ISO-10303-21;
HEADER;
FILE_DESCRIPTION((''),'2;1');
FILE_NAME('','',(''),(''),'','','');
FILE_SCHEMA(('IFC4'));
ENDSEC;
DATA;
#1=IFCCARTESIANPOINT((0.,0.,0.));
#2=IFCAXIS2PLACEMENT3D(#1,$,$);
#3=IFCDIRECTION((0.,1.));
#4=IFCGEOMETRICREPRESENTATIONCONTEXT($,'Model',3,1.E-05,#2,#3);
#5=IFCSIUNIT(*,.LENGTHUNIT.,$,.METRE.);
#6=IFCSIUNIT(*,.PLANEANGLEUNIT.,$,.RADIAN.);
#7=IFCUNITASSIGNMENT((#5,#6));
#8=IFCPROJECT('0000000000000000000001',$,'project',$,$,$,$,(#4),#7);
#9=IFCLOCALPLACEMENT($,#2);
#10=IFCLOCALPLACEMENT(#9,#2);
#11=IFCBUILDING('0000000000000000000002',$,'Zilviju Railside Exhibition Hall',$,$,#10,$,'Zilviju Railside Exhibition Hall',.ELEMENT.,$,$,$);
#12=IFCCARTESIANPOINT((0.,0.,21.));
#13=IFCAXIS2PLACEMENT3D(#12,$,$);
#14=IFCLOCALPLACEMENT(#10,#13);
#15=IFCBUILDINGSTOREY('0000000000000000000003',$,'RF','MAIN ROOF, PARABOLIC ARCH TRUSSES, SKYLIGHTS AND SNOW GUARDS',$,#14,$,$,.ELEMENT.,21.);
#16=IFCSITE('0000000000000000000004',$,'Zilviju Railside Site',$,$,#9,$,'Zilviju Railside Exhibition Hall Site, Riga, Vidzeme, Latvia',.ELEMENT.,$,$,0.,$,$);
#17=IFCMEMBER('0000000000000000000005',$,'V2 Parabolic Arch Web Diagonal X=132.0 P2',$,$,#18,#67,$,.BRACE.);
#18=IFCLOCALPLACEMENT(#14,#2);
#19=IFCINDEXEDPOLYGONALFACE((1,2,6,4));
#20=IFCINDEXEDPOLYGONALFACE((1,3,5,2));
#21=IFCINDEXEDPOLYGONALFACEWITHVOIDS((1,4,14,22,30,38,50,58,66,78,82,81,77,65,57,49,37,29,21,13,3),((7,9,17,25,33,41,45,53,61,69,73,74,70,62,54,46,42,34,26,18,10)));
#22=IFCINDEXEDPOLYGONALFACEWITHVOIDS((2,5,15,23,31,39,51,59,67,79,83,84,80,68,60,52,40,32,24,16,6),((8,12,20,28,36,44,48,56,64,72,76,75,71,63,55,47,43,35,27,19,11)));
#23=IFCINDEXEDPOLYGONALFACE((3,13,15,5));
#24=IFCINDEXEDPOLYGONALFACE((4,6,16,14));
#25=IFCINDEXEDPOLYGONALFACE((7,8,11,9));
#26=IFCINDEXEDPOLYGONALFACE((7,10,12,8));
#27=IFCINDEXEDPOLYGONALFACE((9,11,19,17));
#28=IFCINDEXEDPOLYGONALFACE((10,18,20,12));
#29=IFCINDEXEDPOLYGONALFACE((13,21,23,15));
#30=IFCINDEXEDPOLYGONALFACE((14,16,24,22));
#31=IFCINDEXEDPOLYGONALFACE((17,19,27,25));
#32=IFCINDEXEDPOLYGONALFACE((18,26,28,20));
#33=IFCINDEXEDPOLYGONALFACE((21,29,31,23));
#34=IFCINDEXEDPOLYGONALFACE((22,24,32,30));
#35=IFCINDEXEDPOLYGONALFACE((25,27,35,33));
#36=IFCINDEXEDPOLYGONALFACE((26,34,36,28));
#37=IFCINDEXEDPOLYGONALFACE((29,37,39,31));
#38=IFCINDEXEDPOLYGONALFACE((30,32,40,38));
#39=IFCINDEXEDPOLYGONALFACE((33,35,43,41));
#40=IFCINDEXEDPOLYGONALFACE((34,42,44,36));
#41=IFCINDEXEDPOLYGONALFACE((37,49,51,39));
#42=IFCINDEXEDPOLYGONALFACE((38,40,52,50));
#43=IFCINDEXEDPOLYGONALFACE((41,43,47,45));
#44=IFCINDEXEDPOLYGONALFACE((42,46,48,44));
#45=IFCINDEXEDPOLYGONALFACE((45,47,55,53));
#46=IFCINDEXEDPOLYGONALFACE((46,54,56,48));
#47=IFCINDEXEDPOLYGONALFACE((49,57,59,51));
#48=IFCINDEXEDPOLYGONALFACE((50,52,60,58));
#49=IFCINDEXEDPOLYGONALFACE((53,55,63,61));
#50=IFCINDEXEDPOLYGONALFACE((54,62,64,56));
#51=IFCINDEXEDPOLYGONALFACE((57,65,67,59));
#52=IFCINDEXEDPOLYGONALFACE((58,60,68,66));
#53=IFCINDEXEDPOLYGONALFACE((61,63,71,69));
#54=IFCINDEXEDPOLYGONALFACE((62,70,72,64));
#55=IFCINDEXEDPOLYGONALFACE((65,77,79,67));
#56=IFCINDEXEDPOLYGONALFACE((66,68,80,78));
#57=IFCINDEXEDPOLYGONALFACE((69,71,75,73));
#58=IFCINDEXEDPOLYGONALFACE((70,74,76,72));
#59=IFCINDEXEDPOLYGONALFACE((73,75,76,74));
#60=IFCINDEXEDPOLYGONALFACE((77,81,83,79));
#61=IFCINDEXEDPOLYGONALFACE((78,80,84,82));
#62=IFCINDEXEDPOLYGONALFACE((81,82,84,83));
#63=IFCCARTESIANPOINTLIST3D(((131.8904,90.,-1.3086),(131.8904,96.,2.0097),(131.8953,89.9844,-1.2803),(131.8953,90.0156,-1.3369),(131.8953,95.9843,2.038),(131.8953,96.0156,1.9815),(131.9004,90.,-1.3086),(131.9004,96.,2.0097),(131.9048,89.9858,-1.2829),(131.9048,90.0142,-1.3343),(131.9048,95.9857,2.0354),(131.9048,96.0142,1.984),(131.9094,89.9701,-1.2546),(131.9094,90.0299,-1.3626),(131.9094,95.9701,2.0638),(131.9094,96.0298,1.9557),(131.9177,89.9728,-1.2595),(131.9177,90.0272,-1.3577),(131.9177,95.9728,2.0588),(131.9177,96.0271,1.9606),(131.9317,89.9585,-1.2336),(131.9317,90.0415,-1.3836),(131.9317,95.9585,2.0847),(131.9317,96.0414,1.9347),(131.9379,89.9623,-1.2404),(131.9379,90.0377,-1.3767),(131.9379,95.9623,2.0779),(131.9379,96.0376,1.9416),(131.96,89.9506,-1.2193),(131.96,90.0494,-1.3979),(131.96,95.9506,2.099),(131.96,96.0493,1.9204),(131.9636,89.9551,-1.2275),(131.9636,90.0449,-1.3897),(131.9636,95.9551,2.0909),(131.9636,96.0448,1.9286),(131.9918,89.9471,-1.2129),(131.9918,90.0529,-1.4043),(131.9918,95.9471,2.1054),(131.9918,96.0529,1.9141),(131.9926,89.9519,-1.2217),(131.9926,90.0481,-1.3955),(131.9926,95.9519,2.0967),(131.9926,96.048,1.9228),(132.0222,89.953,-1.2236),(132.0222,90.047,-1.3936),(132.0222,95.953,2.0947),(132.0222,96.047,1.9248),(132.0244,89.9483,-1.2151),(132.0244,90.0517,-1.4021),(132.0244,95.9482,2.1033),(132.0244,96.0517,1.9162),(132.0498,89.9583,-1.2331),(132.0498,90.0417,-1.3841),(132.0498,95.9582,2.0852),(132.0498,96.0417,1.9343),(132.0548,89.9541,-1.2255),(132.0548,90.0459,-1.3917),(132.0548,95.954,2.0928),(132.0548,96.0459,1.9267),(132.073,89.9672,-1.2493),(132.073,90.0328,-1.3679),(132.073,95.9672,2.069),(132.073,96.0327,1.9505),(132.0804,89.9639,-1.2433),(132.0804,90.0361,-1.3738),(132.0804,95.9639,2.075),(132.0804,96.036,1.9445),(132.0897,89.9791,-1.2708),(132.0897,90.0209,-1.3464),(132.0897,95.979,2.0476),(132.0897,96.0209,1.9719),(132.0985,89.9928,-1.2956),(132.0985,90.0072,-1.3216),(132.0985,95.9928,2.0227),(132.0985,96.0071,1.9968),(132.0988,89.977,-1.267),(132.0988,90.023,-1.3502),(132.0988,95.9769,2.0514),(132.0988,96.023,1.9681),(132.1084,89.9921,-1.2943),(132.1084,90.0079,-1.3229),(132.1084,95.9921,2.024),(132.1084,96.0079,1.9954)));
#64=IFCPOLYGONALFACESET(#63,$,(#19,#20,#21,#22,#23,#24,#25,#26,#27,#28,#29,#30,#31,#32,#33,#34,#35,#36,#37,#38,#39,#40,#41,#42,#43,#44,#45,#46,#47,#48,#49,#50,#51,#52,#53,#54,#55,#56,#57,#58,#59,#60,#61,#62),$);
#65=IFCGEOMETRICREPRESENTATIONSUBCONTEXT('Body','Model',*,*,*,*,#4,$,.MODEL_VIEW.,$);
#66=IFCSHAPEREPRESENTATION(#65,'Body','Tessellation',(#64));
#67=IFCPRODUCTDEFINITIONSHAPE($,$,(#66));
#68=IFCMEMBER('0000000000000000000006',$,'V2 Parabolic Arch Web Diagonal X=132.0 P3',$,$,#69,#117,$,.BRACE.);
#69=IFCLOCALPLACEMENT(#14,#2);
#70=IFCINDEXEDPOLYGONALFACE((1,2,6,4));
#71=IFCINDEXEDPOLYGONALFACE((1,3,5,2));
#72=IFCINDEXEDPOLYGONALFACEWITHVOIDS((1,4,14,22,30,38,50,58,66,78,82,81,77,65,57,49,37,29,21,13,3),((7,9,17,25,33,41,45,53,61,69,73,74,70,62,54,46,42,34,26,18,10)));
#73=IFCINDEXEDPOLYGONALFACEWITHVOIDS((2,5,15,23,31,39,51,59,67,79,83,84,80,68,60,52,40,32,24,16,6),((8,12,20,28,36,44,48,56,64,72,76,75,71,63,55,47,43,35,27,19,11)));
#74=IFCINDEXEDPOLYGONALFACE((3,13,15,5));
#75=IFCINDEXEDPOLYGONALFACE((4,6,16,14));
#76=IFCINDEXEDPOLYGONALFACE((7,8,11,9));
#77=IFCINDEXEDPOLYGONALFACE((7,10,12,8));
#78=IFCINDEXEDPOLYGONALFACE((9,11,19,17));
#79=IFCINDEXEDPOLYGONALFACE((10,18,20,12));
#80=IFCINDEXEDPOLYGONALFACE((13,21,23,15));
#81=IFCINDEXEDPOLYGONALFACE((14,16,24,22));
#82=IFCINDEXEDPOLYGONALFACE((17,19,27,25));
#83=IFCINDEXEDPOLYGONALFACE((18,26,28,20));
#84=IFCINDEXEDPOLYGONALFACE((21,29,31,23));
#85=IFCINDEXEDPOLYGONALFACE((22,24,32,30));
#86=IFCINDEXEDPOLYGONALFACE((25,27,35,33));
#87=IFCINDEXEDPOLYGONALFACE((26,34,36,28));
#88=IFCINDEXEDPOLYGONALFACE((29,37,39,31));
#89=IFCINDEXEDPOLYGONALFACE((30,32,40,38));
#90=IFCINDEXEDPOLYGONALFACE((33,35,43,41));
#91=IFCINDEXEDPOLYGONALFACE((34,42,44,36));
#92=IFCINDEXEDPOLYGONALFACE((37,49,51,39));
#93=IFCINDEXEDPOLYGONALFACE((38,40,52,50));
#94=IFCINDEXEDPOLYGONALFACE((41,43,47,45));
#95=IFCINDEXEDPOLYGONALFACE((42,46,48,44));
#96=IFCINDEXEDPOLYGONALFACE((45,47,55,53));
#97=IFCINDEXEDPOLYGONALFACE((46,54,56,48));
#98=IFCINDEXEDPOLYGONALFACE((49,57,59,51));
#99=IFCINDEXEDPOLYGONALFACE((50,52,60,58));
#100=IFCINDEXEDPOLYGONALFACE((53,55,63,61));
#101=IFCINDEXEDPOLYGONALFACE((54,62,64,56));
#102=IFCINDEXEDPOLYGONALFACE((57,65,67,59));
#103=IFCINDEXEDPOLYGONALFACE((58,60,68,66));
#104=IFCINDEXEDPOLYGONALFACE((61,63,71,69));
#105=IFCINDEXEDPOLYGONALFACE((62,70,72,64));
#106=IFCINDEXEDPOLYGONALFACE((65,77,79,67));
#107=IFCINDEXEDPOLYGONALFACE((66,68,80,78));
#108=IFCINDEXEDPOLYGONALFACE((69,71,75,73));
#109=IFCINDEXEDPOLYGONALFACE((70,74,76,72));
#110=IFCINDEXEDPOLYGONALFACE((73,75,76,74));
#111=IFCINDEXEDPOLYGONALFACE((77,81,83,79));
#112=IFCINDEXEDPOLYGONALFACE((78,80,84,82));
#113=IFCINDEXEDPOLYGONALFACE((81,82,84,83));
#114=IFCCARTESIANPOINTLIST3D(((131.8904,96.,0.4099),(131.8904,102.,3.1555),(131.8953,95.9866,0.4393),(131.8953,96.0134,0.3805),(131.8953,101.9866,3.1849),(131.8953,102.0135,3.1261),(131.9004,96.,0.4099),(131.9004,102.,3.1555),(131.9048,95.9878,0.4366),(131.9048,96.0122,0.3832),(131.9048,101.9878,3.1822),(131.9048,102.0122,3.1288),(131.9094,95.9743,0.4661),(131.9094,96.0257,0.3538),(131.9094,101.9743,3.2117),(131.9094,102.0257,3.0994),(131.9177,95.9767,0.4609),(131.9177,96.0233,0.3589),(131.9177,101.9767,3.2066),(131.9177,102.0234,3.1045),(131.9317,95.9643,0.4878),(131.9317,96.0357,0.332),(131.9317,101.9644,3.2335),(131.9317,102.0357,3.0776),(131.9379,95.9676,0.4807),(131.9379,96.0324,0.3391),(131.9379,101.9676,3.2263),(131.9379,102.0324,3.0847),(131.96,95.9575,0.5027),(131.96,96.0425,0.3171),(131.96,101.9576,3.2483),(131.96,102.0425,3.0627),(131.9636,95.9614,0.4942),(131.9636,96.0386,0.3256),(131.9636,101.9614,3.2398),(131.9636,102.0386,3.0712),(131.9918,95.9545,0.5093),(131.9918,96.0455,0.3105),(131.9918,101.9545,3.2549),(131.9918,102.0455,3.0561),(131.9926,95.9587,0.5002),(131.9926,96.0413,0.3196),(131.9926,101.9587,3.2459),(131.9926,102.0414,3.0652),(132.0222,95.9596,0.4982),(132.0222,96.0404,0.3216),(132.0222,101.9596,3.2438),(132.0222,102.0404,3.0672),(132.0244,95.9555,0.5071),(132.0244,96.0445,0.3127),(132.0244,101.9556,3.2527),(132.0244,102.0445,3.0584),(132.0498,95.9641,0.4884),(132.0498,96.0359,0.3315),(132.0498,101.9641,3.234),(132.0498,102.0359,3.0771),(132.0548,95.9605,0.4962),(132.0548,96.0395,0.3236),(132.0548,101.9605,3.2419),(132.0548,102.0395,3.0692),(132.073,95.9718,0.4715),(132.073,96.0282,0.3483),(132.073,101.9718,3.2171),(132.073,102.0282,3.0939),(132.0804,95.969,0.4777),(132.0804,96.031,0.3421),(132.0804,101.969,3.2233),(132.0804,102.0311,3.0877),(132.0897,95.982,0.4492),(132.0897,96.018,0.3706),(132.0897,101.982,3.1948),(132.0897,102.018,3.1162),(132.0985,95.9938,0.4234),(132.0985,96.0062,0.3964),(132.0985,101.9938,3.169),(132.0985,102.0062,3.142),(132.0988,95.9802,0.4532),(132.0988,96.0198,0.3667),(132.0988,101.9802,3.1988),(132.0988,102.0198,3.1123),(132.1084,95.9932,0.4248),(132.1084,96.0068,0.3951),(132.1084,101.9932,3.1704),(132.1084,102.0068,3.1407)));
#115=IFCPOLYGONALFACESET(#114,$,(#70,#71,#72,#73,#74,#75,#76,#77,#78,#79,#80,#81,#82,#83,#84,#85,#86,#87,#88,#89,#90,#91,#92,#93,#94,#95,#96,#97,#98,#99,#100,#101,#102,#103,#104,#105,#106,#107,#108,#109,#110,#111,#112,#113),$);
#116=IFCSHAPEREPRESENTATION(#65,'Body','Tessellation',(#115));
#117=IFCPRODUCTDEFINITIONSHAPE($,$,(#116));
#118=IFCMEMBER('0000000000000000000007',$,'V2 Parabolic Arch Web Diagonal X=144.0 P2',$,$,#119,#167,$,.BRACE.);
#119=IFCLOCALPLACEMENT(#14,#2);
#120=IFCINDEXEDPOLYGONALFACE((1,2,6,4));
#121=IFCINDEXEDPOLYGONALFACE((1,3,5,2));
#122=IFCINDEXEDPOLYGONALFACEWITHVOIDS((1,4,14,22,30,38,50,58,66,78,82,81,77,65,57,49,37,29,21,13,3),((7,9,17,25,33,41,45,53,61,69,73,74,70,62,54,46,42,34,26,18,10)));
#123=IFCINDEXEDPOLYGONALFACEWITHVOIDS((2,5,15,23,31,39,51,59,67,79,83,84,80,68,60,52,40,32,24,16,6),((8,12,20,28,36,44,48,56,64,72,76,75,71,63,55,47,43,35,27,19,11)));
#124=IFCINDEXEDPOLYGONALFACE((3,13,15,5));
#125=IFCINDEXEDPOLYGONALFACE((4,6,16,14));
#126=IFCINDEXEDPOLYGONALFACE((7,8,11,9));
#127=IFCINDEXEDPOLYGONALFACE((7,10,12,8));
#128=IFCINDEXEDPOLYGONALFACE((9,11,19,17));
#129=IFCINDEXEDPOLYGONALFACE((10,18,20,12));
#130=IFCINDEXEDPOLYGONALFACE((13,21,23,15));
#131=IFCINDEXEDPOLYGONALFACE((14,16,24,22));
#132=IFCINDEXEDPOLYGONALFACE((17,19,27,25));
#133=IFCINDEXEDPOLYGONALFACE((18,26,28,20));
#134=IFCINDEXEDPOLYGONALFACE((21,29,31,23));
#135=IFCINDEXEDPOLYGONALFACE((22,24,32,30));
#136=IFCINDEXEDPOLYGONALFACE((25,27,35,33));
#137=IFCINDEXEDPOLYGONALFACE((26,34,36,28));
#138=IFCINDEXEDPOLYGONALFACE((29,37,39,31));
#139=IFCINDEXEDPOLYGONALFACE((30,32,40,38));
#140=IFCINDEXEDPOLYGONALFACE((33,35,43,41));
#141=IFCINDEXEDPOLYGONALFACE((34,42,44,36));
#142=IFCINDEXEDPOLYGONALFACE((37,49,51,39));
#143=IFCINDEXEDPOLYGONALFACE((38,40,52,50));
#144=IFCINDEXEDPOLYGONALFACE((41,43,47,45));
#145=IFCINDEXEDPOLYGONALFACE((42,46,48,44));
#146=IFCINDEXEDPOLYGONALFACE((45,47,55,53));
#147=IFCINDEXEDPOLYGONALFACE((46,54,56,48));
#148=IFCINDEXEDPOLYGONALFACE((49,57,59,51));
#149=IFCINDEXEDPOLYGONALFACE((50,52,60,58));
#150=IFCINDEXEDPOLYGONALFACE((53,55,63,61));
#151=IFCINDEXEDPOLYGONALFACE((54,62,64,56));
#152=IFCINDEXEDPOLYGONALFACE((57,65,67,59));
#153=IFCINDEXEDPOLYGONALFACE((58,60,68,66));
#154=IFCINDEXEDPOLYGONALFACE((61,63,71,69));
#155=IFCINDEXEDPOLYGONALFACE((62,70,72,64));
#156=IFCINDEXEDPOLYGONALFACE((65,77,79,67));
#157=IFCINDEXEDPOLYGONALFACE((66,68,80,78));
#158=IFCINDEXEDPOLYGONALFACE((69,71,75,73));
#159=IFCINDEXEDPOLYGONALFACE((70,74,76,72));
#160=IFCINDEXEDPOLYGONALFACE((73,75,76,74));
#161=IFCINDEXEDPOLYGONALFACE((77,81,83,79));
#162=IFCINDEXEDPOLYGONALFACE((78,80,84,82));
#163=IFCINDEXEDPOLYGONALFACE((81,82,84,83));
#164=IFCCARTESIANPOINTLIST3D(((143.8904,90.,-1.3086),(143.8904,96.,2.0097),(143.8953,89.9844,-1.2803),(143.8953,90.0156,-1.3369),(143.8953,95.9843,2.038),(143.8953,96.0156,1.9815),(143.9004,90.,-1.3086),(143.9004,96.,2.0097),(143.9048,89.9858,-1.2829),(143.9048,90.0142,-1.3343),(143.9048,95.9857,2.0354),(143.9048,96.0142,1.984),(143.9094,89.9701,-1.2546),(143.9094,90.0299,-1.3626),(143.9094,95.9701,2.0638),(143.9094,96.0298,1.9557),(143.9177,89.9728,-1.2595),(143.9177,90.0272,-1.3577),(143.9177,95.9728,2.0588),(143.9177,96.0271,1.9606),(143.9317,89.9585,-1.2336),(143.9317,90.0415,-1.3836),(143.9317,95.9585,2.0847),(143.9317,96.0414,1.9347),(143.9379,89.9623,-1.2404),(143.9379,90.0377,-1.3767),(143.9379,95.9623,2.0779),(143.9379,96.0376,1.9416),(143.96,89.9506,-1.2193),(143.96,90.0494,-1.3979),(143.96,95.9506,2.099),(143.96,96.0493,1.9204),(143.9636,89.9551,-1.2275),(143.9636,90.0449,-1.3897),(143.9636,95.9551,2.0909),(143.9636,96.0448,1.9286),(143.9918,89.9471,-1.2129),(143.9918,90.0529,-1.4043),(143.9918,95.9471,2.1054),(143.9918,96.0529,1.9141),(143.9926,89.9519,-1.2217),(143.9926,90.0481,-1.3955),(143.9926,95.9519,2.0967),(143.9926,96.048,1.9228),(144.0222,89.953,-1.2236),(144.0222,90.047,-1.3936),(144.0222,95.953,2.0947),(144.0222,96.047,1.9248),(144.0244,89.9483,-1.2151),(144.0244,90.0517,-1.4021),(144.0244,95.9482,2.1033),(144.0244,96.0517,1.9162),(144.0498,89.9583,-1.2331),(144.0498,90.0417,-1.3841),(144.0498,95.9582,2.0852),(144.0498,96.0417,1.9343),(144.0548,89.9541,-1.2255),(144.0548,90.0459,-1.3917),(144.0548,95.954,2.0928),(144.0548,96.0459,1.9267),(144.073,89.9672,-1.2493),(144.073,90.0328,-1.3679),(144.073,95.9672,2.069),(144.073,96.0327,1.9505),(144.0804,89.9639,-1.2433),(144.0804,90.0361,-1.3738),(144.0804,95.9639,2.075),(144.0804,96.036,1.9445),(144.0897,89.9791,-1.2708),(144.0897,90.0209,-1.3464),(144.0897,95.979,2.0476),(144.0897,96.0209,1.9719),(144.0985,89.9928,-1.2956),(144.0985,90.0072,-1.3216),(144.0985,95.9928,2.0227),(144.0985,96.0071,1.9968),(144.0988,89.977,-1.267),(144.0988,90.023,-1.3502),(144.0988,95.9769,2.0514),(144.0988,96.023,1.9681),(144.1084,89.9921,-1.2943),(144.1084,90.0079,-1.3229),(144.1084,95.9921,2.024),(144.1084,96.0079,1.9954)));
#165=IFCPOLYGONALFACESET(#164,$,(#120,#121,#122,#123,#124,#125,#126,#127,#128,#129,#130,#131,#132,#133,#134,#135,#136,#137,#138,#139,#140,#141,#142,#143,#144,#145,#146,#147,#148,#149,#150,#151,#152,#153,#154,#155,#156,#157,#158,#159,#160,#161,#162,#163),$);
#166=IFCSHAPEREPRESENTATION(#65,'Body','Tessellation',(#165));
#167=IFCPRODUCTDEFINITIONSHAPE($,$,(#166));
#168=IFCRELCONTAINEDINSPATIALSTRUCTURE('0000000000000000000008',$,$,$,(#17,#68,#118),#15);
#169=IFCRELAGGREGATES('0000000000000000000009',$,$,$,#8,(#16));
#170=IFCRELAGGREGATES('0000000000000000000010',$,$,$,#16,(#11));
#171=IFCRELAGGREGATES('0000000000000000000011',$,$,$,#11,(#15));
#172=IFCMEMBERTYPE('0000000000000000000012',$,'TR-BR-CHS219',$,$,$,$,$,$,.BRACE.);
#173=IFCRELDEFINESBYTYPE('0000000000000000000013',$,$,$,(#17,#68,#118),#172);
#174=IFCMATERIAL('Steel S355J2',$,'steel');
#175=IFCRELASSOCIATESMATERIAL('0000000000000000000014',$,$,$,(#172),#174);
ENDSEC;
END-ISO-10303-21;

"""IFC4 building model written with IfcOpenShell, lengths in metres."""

from ifc_helpers import new_model, si_unit, direction, frame, origin, origin_2d, place, context, subcontext, project, spatial, hollow_circle, extrude, material, material_profile, profile_set, type_object, element, save


model = new_model("IFC4")

# Units and contexts
model_context = context("Model", 3, precision=1e-05, world=origin(), true_north=direction((0.0, 1.0)))
body_context = subcontext(model_context, "Body", "Model", "MODEL_VIEW")
ifc_project = project(units=[si_unit("LENGTHUNIT", "METRE"), si_unit("PLANEANGLEUNIT", "RADIAN")], contexts=[model_context])

# Site, building, storey
site_placement = place(None, origin())
site = spatial("IfcSite", under=ifc_project, at=site_placement, Name="Zilviju Railside Site", LongName="Zilviju Railside Exhibition Hall Site, Riga, Vidzeme, Latvia", CompositionType="ELEMENT", RefElevation=0.0)
building_placement = place(site_placement, origin())
building = spatial("IfcBuilding", under=site, at=building_placement, Name="Zilviju Railside Exhibition Hall", LongName="Zilviju Railside Exhibition Hall", CompositionType="ELEMENT")
storey_placement = place(building_placement, frame((0.0, 0.0, 21.0)))
storey = spatial("IfcBuildingStorey", under=building, at=storey_placement, Name="RF", Description="MAIN ROOF, PARABOLIC ARCH TRUSSES, SKYLIGHTS AND SNOW GUARDS", CompositionType="ELEMENT", Elevation=21.0)

# Members
ifc_material_1 = material(Name="Steel S355J2", Category="steel")
ifc_material_profile_1 = material_profile(ifc_material_1, hollow_circle(Radius=0.1096, WallThickness=0.01, at=origin_2d()), Name="CHS 219.1x10.0")
ifc_profile_set_1 = profile_set([ifc_material_profile_1], Name="Steel S355J2")
member_type_1 = type_object("IfcMemberType", Name="TR-BR-CHS219", PredefinedType="BRACE", material=ifc_profile_set_1)
member_1_placement = place(storey_placement, frame((132.0, 90.0, -1.3086), z_axis=(0.0, 0.875083, 0.483973), x_axis=(-1.0, 0.0, 0.0)))
element("IfcMember", 1, at=member_1_placement, inside=storey, type_object=member_type_1, Name="V2 Parabolic Arch Web Diagonal X=132.0 P2", PredefinedType="BRACE", context=body_context, shape_type="SweptSolid", body=[
    extrude(hollow_circle(Radius=0.1096, WallThickness=0.01, at=origin_2d()), origin(), (0.0, 0.0, 1.0), 6.8564),
])
member_2_placement = place(storey_placement, frame((132.0, 96.0, 0.4099), z_axis=(0.0, 0.909317, 0.416104), x_axis=(-1.0, 0.0, 0.0)))
element("IfcMember", 2, at=member_2_placement, inside=storey, type_object=member_type_1, Name="V2 Parabolic Arch Web Diagonal X=132.0 P3", PredefinedType="BRACE", context=body_context, shape_type="SweptSolid", body=[
    extrude(hollow_circle(Radius=0.1096, WallThickness=0.01, at=origin_2d()), origin(), (0.0, 0.0, 1.0), 6.5984),
])
member_3_placement = place(storey_placement, frame((144.0, 90.0, -1.3086), z_axis=(0.0, 0.875083, 0.483973), x_axis=(-1.0, 0.0, 0.0)))
element("IfcMember", 3, at=member_3_placement, inside=storey, type_object=member_type_1, Name="V2 Parabolic Arch Web Diagonal X=144.0 P2", PredefinedType="BRACE", context=body_context, shape_type="SweptSolid", body=[
    extrude(hollow_circle(Radius=0.1096, WallThickness=0.01, at=origin_2d()), origin(), (0.0, 0.0, 1.0), 6.8564),
])

save(model, "model.ifc")
